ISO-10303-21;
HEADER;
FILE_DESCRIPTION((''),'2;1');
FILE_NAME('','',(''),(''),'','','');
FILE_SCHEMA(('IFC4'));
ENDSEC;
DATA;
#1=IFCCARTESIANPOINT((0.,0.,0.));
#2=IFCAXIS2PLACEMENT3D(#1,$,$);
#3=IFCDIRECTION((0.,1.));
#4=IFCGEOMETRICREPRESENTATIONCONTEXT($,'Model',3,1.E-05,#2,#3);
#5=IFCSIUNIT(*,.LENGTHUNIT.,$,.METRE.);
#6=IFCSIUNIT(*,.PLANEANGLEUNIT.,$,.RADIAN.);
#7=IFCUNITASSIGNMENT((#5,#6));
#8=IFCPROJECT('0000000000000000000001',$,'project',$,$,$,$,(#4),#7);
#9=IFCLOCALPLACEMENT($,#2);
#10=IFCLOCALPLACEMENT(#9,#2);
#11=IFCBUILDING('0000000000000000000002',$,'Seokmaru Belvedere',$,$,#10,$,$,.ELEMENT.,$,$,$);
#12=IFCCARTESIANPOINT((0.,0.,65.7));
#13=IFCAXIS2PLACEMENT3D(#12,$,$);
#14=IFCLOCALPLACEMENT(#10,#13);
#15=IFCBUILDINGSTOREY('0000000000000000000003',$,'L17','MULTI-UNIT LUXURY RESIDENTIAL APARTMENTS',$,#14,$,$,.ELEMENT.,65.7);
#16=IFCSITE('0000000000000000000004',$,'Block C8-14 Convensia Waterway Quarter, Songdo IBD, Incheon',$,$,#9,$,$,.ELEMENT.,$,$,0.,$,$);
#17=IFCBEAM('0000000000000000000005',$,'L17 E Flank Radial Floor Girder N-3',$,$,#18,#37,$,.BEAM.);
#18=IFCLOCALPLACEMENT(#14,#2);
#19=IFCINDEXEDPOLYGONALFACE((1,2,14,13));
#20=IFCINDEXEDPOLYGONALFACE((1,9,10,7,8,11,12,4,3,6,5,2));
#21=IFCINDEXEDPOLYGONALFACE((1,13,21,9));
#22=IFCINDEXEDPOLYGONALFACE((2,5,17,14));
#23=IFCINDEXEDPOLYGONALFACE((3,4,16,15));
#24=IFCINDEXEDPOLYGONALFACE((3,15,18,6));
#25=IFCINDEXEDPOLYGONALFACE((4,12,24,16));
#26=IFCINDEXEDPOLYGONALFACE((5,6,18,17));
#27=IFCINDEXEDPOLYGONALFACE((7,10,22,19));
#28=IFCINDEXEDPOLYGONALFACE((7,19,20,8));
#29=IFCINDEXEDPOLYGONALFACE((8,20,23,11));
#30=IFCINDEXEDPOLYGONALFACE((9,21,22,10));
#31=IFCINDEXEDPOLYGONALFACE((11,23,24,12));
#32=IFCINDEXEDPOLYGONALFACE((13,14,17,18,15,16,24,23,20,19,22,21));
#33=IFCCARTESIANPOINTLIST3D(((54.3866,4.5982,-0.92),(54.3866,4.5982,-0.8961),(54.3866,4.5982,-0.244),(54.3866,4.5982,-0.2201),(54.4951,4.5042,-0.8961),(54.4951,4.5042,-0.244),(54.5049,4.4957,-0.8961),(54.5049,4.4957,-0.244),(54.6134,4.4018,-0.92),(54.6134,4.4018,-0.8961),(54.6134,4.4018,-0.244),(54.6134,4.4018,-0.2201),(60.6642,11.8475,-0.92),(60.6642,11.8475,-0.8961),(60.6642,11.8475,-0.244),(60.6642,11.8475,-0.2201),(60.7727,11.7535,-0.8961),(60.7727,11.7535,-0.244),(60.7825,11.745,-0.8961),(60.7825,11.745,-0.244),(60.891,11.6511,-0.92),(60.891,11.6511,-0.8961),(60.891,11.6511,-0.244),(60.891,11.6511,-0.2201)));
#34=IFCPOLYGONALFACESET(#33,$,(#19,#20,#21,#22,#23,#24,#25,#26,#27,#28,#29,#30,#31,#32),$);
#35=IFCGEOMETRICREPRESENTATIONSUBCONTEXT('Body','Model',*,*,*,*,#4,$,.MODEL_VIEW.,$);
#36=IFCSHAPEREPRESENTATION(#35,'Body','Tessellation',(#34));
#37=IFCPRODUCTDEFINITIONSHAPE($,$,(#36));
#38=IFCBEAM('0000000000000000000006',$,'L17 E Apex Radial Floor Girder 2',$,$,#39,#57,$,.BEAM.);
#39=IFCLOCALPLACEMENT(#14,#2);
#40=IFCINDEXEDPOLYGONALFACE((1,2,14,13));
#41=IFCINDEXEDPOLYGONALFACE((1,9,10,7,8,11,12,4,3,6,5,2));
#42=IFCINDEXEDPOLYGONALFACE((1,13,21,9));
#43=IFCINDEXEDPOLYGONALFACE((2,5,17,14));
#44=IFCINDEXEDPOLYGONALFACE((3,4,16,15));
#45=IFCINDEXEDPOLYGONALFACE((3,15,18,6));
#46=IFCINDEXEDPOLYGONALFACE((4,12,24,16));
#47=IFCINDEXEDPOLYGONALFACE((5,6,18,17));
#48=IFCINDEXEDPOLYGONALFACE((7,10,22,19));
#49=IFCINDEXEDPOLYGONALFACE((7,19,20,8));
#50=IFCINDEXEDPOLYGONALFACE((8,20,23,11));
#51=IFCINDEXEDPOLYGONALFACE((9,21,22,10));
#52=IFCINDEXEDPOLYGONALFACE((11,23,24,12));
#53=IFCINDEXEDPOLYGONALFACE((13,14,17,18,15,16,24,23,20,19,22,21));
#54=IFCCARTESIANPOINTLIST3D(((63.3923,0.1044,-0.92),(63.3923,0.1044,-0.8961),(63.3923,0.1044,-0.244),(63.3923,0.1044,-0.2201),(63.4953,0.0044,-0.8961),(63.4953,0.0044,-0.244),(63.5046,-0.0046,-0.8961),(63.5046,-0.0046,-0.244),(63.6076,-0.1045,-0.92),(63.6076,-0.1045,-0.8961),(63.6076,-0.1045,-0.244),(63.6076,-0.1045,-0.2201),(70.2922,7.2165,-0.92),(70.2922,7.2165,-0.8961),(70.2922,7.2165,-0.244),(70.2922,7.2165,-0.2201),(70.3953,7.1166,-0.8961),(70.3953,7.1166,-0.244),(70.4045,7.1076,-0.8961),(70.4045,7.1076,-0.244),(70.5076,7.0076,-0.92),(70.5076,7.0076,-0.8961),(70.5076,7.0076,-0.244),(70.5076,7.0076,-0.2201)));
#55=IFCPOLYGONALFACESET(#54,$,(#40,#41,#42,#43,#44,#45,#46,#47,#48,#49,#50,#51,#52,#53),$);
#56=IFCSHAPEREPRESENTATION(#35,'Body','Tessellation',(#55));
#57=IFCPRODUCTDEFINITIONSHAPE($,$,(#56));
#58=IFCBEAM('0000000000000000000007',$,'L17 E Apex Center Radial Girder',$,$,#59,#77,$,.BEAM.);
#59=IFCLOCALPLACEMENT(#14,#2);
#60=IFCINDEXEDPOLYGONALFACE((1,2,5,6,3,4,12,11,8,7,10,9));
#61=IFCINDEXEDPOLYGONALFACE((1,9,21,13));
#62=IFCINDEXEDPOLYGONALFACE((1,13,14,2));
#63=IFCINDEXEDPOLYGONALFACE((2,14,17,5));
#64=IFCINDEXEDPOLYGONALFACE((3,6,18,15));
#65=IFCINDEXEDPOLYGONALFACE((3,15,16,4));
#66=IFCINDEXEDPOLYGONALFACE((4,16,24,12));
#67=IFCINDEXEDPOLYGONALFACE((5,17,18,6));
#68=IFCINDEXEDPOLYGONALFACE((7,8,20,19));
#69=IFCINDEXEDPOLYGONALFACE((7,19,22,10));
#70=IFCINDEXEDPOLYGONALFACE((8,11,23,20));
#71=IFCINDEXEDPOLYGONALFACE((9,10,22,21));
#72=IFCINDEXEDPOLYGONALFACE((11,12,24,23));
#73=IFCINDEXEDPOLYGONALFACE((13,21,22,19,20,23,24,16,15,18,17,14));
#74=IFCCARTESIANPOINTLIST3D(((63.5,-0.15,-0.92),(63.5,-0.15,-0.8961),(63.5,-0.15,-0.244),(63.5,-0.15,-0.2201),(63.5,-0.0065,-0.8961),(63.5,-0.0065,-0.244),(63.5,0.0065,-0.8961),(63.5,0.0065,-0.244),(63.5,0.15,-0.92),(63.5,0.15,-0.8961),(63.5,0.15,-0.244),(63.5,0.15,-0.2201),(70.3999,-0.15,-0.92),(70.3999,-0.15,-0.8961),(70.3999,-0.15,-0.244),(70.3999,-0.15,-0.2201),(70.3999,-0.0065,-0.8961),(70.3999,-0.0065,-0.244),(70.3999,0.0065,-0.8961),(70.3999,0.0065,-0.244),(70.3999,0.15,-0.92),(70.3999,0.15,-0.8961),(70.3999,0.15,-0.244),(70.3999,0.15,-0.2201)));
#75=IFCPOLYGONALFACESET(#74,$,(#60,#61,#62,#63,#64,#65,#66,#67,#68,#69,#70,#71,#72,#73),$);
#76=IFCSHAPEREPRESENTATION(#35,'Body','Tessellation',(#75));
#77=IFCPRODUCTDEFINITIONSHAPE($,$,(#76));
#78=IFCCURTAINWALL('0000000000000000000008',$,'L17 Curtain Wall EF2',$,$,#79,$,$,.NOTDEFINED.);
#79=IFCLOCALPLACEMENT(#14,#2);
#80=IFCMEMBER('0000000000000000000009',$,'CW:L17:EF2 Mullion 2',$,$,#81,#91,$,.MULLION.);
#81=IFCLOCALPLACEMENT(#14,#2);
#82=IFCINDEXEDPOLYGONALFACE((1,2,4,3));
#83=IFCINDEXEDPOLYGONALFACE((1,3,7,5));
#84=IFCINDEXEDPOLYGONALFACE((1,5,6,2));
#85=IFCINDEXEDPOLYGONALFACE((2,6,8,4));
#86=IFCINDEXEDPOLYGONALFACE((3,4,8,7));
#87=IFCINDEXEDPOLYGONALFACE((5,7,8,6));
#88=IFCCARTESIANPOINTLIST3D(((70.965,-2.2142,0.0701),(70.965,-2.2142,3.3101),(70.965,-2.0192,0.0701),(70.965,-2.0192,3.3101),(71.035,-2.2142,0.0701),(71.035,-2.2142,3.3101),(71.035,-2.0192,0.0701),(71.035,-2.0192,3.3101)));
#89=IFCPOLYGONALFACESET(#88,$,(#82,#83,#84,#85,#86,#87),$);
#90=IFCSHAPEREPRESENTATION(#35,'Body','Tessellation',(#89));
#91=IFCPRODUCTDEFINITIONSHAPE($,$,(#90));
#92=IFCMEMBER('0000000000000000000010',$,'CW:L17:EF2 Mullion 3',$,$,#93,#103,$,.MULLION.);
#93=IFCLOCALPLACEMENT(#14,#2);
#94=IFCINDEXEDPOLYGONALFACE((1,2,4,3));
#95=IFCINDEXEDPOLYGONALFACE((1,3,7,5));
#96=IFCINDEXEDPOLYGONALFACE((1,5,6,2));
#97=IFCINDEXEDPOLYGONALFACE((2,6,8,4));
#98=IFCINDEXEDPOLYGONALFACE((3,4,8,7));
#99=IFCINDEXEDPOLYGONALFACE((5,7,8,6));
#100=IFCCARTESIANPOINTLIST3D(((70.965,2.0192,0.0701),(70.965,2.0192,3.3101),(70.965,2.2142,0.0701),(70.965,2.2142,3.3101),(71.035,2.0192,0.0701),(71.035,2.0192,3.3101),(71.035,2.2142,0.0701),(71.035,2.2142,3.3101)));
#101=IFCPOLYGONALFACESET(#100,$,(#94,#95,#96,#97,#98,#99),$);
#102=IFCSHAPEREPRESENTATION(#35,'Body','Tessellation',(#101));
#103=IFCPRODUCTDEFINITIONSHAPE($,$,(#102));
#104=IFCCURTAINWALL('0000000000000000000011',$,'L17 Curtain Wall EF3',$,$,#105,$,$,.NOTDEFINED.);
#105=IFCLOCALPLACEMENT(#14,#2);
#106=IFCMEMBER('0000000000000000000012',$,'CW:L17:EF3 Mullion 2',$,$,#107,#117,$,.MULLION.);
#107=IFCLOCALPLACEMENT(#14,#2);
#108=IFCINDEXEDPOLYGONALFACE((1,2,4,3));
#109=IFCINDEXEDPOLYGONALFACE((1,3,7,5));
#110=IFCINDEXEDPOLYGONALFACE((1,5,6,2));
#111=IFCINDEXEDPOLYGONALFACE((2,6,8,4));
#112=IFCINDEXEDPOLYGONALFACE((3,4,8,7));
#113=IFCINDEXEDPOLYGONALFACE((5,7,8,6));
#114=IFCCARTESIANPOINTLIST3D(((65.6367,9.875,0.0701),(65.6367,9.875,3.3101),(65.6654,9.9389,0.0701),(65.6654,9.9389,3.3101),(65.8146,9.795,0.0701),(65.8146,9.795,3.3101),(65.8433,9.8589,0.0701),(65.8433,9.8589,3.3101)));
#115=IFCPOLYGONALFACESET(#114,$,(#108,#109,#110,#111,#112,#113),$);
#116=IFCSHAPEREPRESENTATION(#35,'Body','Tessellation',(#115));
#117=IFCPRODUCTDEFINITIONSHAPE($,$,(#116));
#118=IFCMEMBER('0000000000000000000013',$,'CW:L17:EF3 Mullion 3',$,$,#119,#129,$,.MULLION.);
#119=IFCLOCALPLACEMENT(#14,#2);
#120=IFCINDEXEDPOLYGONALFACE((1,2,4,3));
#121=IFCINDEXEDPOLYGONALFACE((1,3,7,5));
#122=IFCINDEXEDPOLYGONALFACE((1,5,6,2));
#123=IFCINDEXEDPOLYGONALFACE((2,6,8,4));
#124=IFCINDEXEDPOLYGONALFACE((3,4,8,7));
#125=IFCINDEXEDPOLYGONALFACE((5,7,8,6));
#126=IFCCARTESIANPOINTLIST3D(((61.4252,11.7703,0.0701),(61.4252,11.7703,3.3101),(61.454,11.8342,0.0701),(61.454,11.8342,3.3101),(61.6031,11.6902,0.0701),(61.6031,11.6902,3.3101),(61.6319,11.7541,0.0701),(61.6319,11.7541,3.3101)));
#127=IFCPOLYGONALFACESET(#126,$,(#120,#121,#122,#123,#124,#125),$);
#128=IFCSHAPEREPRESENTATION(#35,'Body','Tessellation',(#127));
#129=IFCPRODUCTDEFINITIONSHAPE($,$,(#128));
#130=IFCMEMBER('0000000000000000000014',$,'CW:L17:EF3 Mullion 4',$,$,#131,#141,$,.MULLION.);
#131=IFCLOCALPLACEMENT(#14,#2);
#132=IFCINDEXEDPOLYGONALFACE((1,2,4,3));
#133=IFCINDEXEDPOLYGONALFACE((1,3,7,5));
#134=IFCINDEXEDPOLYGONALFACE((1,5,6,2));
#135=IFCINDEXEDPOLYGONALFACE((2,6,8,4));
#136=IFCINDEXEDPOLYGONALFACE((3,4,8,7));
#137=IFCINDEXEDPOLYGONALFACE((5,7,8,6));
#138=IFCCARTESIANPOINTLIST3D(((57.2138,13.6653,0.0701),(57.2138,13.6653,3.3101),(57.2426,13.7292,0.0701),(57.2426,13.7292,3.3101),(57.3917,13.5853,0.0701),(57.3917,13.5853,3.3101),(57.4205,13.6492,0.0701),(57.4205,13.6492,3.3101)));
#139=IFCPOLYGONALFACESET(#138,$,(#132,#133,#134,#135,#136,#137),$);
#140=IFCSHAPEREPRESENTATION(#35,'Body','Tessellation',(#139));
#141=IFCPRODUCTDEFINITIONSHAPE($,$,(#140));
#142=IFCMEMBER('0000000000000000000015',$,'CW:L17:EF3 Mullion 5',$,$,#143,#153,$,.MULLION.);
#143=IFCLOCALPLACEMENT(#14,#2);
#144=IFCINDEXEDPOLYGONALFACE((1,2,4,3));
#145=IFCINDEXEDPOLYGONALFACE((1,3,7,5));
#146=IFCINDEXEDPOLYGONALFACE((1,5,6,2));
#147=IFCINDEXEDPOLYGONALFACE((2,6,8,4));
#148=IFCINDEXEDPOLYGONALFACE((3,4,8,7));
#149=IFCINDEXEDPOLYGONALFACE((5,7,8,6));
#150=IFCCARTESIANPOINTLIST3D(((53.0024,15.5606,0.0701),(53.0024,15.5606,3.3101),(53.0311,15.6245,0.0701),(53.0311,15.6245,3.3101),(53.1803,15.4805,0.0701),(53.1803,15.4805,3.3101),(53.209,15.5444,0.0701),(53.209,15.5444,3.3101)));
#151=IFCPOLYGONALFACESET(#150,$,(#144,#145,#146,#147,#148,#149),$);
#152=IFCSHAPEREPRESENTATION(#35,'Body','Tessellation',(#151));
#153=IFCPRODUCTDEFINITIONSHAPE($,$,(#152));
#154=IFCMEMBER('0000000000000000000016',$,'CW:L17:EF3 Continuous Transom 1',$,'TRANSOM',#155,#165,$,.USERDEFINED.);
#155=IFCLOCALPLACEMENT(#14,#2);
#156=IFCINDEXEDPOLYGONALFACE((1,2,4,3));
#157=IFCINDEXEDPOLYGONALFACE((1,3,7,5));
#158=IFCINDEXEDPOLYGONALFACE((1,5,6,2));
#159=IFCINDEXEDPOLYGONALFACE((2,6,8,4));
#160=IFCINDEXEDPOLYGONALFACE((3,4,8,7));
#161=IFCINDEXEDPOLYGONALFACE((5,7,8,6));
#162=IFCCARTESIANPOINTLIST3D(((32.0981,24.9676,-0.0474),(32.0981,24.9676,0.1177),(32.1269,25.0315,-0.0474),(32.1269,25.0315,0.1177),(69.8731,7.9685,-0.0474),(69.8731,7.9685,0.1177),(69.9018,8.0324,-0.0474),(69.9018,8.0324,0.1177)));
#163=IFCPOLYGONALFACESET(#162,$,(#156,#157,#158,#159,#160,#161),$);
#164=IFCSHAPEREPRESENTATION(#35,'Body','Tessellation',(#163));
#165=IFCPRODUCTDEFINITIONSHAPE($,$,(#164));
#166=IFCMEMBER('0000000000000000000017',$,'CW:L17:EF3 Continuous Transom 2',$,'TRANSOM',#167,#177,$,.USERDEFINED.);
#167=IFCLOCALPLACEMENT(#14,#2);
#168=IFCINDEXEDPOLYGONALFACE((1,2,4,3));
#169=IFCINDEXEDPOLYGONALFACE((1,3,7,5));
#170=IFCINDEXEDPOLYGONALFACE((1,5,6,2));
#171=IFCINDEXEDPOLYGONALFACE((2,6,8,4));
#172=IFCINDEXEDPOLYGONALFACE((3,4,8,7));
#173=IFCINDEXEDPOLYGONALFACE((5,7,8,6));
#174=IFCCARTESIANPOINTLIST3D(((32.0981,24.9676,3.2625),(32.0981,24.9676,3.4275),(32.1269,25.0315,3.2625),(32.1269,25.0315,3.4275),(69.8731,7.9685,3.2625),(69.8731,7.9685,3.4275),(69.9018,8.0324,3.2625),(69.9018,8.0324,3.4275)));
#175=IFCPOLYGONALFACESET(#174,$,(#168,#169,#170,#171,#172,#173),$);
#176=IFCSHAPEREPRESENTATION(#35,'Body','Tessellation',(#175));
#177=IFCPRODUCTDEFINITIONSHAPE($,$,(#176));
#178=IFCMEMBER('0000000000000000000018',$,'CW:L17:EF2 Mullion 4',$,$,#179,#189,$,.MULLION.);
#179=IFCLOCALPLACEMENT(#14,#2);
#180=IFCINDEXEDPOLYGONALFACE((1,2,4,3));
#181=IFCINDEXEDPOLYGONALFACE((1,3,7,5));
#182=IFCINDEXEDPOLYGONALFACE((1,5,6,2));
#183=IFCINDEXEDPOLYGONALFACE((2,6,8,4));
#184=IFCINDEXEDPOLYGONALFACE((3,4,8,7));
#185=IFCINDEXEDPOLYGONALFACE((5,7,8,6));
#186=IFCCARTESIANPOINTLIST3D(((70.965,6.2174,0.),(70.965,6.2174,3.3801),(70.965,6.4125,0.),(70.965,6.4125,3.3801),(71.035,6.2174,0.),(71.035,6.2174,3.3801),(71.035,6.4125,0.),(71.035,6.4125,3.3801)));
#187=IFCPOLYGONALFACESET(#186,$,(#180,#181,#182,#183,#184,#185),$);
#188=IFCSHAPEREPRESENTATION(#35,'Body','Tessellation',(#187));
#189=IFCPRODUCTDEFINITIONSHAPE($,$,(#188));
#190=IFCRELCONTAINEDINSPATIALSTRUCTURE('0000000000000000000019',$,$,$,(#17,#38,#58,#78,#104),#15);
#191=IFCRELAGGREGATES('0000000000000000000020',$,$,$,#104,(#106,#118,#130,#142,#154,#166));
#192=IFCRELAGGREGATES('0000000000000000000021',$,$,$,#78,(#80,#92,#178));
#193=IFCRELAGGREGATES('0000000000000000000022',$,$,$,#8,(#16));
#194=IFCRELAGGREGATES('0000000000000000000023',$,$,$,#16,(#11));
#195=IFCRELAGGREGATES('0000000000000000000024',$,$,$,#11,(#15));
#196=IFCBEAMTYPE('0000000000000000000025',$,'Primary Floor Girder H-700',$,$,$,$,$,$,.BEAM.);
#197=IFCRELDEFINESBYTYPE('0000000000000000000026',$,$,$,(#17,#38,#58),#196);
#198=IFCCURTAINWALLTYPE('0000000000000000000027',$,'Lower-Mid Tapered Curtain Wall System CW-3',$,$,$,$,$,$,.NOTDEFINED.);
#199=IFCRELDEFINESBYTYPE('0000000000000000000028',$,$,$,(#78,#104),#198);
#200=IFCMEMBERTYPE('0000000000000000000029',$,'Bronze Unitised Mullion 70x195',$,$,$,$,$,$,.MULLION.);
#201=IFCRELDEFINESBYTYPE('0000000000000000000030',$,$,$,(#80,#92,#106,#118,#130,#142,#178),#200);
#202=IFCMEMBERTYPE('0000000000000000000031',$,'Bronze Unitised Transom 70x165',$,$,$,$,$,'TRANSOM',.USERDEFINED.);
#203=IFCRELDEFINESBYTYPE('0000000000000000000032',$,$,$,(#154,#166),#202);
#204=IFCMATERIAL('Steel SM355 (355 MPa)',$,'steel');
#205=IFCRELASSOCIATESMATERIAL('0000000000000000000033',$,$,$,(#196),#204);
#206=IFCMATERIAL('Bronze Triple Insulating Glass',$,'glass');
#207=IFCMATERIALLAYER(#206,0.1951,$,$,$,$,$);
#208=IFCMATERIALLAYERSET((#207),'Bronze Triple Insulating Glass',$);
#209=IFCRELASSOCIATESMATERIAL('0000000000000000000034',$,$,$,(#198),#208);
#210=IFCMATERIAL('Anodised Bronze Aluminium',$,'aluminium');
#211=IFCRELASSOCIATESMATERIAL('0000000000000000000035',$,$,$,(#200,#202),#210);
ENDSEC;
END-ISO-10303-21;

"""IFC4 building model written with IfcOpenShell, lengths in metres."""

from ifc_helpers import new_model, si_unit, direction, frame, origin, origin_2d, place, context, subcontext, project, spatial, rectangle, i_section, extrude, source, transform, mapped, material, layer, layer_set, material_profile, profile_set, type_object, type_shapes, element, aggregate, save


model = new_model("IFC4")

# Units and contexts
model_context = context("Model", 3, precision=1e-05, world=origin(), true_north=direction((0.0, 1.0)))
body_context = subcontext(model_context, "Body", "Model", "MODEL_VIEW")
ifc_project = project(units=[si_unit("LENGTHUNIT", "METRE"), si_unit("PLANEANGLEUNIT", "RADIAN")], contexts=[model_context])

# Site, building, storey
site_placement = place(None, origin())
site = spatial("IfcSite", under=ifc_project, at=site_placement, Name="Block C8-14 Convensia Waterway Quarter, Songdo IBD, Incheon", CompositionType="ELEMENT", RefElevation=0.0)
building_placement = place(site_placement, origin())
building = spatial("IfcBuilding", under=site, at=building_placement, Name="Seokmaru Belvedere", CompositionType="ELEMENT")
storey_placement = place(building_placement, frame((0.0, 0.0, 65.7)))
storey = spatial("IfcBuildingStorey", under=building, at=storey_placement, Name="L17", Description="MULTI-UNIT LUXURY RESIDENTIAL APARTMENTS", CompositionType="ELEMENT", Elevation=65.7)

# Shared definitions
ifc_material_1 = material(Name="Steel SM355 (355 MPa)", Category="steel")

# Beams
ifc_material_profile_1 = material_profile(ifc_material_1, i_section(OverallWidth=0.3, OverallDepth=0.7, WebThickness=0.0129, FlangeThickness=0.0239, at=origin_2d()), Name="H-700x300x13x24")
ifc_profile_set_1 = profile_set([ifc_material_profile_1], Name="Steel SM355 (355 MPa)")
beam_type_1 = type_object("IfcBeamType", Name="Primary Floor Girder H-700", PredefinedType="BEAM", material=ifc_profile_set_1)
shared_shape_1 = source(origin(), body_context, "Body", "SweptSolid", [
    extrude(i_section(OverallWidth=0.3, OverallDepth=0.7, WebThickness=0.0129, FlangeThickness=0.0239, at=origin_2d()), origin(), (0.0, 0.0, 1.0), 9.5896),
])
beam_1_placement = place(storey_placement, frame((60.7776, 11.7493, -0.5701), z_axis=(-0.654626, -0.755953, 0.0), x_axis=(0.755953, -0.654626, 0.0)))
element("IfcBeam", 1, at=beam_1_placement, inside=storey, type_object=beam_type_1, Name="L17 E Flank Radial Floor Girder N-3", PredefinedType="BEAM", context=body_context, shape_type="MappedRepresentation", body=[
    mapped(shared_shape_1, transform((0.0, 0.0, 0.0), scale=1.0)),
])
shared_shape_2 = source(origin(), body_context, "Body", "SweptSolid", [
    extrude(i_section(OverallWidth=0.3, OverallDepth=0.7, WebThickness=0.0129, FlangeThickness=0.0239, at=origin_2d()), origin(), (0.0, 0.0, 1.0), 9.9092),
])
beam_2_placement = place(storey_placement, frame((70.3999, 7.1121, -0.5701), z_axis=(-0.696321, -0.717731, 0.0), x_axis=(0.717731, -0.696321, 0.0)))
element("IfcBeam", 2, at=beam_2_placement, inside=storey, type_object=beam_type_1, Name="L17 E Apex Radial Floor Girder 2", PredefinedType="BEAM", context=body_context, shape_type="MappedRepresentation", body=[
    mapped(shared_shape_2, transform((0.0, 0.0, 0.0), scale=1.0)),
])
shared_shape_3 = source(origin(), body_context, "Body", "SweptSolid", [
    extrude(i_section(OverallWidth=0.3, OverallDepth=0.7, WebThickness=0.0129, FlangeThickness=0.0239, at=origin_2d()), origin(), (0.0, 0.0, 1.0), 6.8999),
])
beam_3_placement = place(storey_placement, frame((70.3999, 0.0, -0.5701), z_axis=(-1.0, 0.0, 0.0), x_axis=(0.0, -1.0, 0.0)))
element("IfcBeam", 3, at=beam_3_placement, inside=storey, type_object=beam_type_1, Name="L17 E Apex Center Radial Girder", PredefinedType="BEAM", context=body_context, shape_type="MappedRepresentation", body=[
    mapped(shared_shape_3, transform((0.0, 0.0, 0.0), scale=1.0)),
])

# Curtain walls, members
ifc_material_2 = material(Name="Bronze Triple Insulating Glass", Category="glass")
ifc_layer_1 = layer(ifc_material_2, 0.1951)
ifc_layer_set_1 = layer_set([ifc_layer_1], Name="Bronze Triple Insulating Glass")
curtain_wall_type = type_object("IfcCurtainWallType", Name="Lower-Mid Tapered Curtain Wall System CW-3", PredefinedType="NOTDEFINED", material=ifc_layer_set_1)
curtain_wall_1_placement = place(storey_placement, origin())
curtain_wall_1 = element("IfcCurtainWall", 4, at=curtain_wall_1_placement, inside=storey, type_object=curtain_wall_type, Name="L17 Curtain Wall EF2", PredefinedType="NOTDEFINED")
ifc_material_3 = material(Name="Anodised Bronze Aluminium", Category="aluminium")
ifc_material_profile_2 = material_profile(ifc_material_3, rectangle(XDim=0.0701, YDim=0.1951, at=origin_2d()), Name="CW-M-70x195")
ifc_profile_set_2 = profile_set([ifc_material_profile_2], Name="Anodised Bronze Aluminium")
member_type_1 = type_object("IfcMemberType", Name="Bronze Unitised Mullion 70x195", PredefinedType="MULLION", material=ifc_profile_set_2)
shared_shape_4 = source(origin(), body_context, "Body", "SweptSolid", [
    extrude(rectangle(XDim=0.0701, YDim=0.1951, at=origin_2d()), origin(), (0.0, 0.0, 1.0), 3.24),
])
member_1_placement = place(storey_placement, frame((71.0, -2.1167, 0.0701), z_axis=(0.0, 0.0, 1.0), x_axis=(-1.0, 0.0, 0.0)))
member_1 = element("IfcMember", 5, at=member_1_placement, type_object=member_type_1, Name="CW:L17:EF2 Mullion 2", PredefinedType="MULLION", context=body_context, shape_type="MappedRepresentation", body=[
    mapped(shared_shape_4, transform((0.0, 0.0, 0.0), scale=1.0)),
])
member_2_placement = place(storey_placement, frame((71.0, 2.1167, 0.0701), z_axis=(0.0, 0.0, 1.0), x_axis=(-1.0, 0.0, 0.0)))
member_2 = element("IfcMember", 6, at=member_2_placement, type_object=member_type_1, Name="CW:L17:EF2 Mullion 3", PredefinedType="MULLION", context=body_context, shape_type="MappedRepresentation", body=[
    mapped(shared_shape_4, transform((0.0, 0.0, 0.0), scale=1.0)),
])
curtain_wall_2_placement = place(storey_placement, origin())
curtain_wall_2 = element("IfcCurtainWall", 7, at=curtain_wall_2_placement, inside=storey, type_object=curtain_wall_type, Name="L17 Curtain Wall EF3", PredefinedType="NOTDEFINED")
member_3_placement = place(storey_placement, frame((65.74, 9.8669, 0.0701), z_axis=(0.0, 0.0, 1.0), x_axis=(-0.410366, -0.911921, 0.0)))
member_3 = element("IfcMember", 8, at=member_3_placement, type_object=member_type_1, Name="CW:L17:EF3 Mullion 2", PredefinedType="MULLION", context=body_context, shape_type="MappedRepresentation", body=[
    mapped(shared_shape_4, transform((0.0, 0.0, 0.0), scale=1.0)),
])
member_4_placement = place(storey_placement, frame((61.5286, 11.7622, 0.0701), z_axis=(0.0, 0.0, 1.0), x_axis=(-0.410366, -0.911921, 0.0)))
member_4 = element("IfcMember", 9, at=member_4_placement, type_object=member_type_1, Name="CW:L17:EF3 Mullion 3", PredefinedType="MULLION", context=body_context, shape_type="MappedRepresentation", body=[
    mapped(shared_shape_4, transform((0.0, 0.0, 0.0), scale=1.0)),
])
member_5_placement = place(storey_placement, frame((57.3171, 13.6572, 0.0701), z_axis=(0.0, 0.0, 1.0), x_axis=(-0.410366, -0.911921, 0.0)))
member_5 = element("IfcMember", 10, at=member_5_placement, type_object=member_type_1, Name="CW:L17:EF3 Mullion 4", PredefinedType="MULLION", context=body_context, shape_type="MappedRepresentation", body=[
    mapped(shared_shape_4, transform((0.0, 0.0, 0.0), scale=1.0)),
])
member_6_placement = place(storey_placement, frame((53.1057, 15.5525, 0.0701), z_axis=(0.0, 0.0, 1.0), x_axis=(-0.410366, -0.911921, 0.0)))
member_6 = element("IfcMember", 11, at=member_6_placement, type_object=member_type_1, Name="CW:L17:EF3 Mullion 5", PredefinedType="MULLION", context=body_context, shape_type="MappedRepresentation", body=[
    mapped(shared_shape_4, transform((0.0, 0.0, 0.0), scale=1.0)),
])
ifc_material_profile_3 = material_profile(ifc_material_3, rectangle(XDim=0.0701, YDim=0.165, at=origin_2d()), Name="CW-T-70x165")
ifc_profile_set_3 = profile_set([ifc_material_profile_3], Name="Anodised Bronze Aluminium")
member_type_2 = type_object("IfcMemberType", Name="Bronze Unitised Transom 70x165", ElementType="TRANSOM", PredefinedType="USERDEFINED", material=ifc_profile_set_3)
shared_shape_5 = source(origin(), body_context, "Body", "SweptSolid", [
    extrude(rectangle(XDim=0.0701, YDim=0.165, at=origin_2d()), origin(), (0.0, 0.0, 1.0), 41.4236),
])
type_shapes(member_type_2, [shared_shape_5])
member_7_placement = place(storey_placement, frame((69.8875, 8.0005, 0.0352), z_axis=(-0.911919, 0.410371, 0.0), x_axis=(-0.410371, -0.911919, 0.0)))
member_7 = element("IfcMember", 12, at=member_7_placement, type_object=member_type_2, Name="CW:L17:EF3 Continuous Transom 1", ObjectType="TRANSOM", PredefinedType="USERDEFINED", context=body_context, shape_type="MappedRepresentation", body=[
    mapped(shared_shape_5, transform((0.0, 0.0, 0.0), scale=1.0)),
])
member_8_placement = place(storey_placement, frame((69.8875, 8.0005, 3.345), z_axis=(-0.911919, 0.410371, 0.0), x_axis=(-0.410371, -0.911919, 0.0)))
member_8 = element("IfcMember", 13, at=member_8_placement, type_object=member_type_2, Name="CW:L17:EF3 Continuous Transom 2", ObjectType="TRANSOM", PredefinedType="USERDEFINED", context=body_context, shape_type="MappedRepresentation", body=[
    mapped(shared_shape_5, transform((0.0, 0.0, 0.0), scale=1.0)),
])

# Member
shared_shape_6 = source(origin(), body_context, "Body", "SweptSolid", [
    extrude(rectangle(XDim=0.0701, YDim=0.1951, at=origin_2d()), origin(), (0.0, 0.0, 1.0), 3.3801),
])
type_shapes(member_type_1, [shared_shape_4, shared_shape_6])
member_9_placement = place(storey_placement, frame((71.0, 6.3149, 0.0), z_axis=(0.0, 0.0, 1.0), x_axis=(-1.0, 0.0, 0.0)))
member_9 = element("IfcMember", 14, at=member_9_placement, type_object=member_type_1, Name="CW:L17:EF2 Mullion 4", PredefinedType="MULLION", context=body_context, shape_type="MappedRepresentation", body=[
    mapped(shared_shape_6, transform((0.0, 0.0, 0.0), scale=1.0)),
])

aggregate(curtain_wall_2, [member_3, member_4, member_5, member_6, member_7, member_8])
aggregate(curtain_wall_1, [member_1, member_2, member_9])

save(model, "model.ifc")
